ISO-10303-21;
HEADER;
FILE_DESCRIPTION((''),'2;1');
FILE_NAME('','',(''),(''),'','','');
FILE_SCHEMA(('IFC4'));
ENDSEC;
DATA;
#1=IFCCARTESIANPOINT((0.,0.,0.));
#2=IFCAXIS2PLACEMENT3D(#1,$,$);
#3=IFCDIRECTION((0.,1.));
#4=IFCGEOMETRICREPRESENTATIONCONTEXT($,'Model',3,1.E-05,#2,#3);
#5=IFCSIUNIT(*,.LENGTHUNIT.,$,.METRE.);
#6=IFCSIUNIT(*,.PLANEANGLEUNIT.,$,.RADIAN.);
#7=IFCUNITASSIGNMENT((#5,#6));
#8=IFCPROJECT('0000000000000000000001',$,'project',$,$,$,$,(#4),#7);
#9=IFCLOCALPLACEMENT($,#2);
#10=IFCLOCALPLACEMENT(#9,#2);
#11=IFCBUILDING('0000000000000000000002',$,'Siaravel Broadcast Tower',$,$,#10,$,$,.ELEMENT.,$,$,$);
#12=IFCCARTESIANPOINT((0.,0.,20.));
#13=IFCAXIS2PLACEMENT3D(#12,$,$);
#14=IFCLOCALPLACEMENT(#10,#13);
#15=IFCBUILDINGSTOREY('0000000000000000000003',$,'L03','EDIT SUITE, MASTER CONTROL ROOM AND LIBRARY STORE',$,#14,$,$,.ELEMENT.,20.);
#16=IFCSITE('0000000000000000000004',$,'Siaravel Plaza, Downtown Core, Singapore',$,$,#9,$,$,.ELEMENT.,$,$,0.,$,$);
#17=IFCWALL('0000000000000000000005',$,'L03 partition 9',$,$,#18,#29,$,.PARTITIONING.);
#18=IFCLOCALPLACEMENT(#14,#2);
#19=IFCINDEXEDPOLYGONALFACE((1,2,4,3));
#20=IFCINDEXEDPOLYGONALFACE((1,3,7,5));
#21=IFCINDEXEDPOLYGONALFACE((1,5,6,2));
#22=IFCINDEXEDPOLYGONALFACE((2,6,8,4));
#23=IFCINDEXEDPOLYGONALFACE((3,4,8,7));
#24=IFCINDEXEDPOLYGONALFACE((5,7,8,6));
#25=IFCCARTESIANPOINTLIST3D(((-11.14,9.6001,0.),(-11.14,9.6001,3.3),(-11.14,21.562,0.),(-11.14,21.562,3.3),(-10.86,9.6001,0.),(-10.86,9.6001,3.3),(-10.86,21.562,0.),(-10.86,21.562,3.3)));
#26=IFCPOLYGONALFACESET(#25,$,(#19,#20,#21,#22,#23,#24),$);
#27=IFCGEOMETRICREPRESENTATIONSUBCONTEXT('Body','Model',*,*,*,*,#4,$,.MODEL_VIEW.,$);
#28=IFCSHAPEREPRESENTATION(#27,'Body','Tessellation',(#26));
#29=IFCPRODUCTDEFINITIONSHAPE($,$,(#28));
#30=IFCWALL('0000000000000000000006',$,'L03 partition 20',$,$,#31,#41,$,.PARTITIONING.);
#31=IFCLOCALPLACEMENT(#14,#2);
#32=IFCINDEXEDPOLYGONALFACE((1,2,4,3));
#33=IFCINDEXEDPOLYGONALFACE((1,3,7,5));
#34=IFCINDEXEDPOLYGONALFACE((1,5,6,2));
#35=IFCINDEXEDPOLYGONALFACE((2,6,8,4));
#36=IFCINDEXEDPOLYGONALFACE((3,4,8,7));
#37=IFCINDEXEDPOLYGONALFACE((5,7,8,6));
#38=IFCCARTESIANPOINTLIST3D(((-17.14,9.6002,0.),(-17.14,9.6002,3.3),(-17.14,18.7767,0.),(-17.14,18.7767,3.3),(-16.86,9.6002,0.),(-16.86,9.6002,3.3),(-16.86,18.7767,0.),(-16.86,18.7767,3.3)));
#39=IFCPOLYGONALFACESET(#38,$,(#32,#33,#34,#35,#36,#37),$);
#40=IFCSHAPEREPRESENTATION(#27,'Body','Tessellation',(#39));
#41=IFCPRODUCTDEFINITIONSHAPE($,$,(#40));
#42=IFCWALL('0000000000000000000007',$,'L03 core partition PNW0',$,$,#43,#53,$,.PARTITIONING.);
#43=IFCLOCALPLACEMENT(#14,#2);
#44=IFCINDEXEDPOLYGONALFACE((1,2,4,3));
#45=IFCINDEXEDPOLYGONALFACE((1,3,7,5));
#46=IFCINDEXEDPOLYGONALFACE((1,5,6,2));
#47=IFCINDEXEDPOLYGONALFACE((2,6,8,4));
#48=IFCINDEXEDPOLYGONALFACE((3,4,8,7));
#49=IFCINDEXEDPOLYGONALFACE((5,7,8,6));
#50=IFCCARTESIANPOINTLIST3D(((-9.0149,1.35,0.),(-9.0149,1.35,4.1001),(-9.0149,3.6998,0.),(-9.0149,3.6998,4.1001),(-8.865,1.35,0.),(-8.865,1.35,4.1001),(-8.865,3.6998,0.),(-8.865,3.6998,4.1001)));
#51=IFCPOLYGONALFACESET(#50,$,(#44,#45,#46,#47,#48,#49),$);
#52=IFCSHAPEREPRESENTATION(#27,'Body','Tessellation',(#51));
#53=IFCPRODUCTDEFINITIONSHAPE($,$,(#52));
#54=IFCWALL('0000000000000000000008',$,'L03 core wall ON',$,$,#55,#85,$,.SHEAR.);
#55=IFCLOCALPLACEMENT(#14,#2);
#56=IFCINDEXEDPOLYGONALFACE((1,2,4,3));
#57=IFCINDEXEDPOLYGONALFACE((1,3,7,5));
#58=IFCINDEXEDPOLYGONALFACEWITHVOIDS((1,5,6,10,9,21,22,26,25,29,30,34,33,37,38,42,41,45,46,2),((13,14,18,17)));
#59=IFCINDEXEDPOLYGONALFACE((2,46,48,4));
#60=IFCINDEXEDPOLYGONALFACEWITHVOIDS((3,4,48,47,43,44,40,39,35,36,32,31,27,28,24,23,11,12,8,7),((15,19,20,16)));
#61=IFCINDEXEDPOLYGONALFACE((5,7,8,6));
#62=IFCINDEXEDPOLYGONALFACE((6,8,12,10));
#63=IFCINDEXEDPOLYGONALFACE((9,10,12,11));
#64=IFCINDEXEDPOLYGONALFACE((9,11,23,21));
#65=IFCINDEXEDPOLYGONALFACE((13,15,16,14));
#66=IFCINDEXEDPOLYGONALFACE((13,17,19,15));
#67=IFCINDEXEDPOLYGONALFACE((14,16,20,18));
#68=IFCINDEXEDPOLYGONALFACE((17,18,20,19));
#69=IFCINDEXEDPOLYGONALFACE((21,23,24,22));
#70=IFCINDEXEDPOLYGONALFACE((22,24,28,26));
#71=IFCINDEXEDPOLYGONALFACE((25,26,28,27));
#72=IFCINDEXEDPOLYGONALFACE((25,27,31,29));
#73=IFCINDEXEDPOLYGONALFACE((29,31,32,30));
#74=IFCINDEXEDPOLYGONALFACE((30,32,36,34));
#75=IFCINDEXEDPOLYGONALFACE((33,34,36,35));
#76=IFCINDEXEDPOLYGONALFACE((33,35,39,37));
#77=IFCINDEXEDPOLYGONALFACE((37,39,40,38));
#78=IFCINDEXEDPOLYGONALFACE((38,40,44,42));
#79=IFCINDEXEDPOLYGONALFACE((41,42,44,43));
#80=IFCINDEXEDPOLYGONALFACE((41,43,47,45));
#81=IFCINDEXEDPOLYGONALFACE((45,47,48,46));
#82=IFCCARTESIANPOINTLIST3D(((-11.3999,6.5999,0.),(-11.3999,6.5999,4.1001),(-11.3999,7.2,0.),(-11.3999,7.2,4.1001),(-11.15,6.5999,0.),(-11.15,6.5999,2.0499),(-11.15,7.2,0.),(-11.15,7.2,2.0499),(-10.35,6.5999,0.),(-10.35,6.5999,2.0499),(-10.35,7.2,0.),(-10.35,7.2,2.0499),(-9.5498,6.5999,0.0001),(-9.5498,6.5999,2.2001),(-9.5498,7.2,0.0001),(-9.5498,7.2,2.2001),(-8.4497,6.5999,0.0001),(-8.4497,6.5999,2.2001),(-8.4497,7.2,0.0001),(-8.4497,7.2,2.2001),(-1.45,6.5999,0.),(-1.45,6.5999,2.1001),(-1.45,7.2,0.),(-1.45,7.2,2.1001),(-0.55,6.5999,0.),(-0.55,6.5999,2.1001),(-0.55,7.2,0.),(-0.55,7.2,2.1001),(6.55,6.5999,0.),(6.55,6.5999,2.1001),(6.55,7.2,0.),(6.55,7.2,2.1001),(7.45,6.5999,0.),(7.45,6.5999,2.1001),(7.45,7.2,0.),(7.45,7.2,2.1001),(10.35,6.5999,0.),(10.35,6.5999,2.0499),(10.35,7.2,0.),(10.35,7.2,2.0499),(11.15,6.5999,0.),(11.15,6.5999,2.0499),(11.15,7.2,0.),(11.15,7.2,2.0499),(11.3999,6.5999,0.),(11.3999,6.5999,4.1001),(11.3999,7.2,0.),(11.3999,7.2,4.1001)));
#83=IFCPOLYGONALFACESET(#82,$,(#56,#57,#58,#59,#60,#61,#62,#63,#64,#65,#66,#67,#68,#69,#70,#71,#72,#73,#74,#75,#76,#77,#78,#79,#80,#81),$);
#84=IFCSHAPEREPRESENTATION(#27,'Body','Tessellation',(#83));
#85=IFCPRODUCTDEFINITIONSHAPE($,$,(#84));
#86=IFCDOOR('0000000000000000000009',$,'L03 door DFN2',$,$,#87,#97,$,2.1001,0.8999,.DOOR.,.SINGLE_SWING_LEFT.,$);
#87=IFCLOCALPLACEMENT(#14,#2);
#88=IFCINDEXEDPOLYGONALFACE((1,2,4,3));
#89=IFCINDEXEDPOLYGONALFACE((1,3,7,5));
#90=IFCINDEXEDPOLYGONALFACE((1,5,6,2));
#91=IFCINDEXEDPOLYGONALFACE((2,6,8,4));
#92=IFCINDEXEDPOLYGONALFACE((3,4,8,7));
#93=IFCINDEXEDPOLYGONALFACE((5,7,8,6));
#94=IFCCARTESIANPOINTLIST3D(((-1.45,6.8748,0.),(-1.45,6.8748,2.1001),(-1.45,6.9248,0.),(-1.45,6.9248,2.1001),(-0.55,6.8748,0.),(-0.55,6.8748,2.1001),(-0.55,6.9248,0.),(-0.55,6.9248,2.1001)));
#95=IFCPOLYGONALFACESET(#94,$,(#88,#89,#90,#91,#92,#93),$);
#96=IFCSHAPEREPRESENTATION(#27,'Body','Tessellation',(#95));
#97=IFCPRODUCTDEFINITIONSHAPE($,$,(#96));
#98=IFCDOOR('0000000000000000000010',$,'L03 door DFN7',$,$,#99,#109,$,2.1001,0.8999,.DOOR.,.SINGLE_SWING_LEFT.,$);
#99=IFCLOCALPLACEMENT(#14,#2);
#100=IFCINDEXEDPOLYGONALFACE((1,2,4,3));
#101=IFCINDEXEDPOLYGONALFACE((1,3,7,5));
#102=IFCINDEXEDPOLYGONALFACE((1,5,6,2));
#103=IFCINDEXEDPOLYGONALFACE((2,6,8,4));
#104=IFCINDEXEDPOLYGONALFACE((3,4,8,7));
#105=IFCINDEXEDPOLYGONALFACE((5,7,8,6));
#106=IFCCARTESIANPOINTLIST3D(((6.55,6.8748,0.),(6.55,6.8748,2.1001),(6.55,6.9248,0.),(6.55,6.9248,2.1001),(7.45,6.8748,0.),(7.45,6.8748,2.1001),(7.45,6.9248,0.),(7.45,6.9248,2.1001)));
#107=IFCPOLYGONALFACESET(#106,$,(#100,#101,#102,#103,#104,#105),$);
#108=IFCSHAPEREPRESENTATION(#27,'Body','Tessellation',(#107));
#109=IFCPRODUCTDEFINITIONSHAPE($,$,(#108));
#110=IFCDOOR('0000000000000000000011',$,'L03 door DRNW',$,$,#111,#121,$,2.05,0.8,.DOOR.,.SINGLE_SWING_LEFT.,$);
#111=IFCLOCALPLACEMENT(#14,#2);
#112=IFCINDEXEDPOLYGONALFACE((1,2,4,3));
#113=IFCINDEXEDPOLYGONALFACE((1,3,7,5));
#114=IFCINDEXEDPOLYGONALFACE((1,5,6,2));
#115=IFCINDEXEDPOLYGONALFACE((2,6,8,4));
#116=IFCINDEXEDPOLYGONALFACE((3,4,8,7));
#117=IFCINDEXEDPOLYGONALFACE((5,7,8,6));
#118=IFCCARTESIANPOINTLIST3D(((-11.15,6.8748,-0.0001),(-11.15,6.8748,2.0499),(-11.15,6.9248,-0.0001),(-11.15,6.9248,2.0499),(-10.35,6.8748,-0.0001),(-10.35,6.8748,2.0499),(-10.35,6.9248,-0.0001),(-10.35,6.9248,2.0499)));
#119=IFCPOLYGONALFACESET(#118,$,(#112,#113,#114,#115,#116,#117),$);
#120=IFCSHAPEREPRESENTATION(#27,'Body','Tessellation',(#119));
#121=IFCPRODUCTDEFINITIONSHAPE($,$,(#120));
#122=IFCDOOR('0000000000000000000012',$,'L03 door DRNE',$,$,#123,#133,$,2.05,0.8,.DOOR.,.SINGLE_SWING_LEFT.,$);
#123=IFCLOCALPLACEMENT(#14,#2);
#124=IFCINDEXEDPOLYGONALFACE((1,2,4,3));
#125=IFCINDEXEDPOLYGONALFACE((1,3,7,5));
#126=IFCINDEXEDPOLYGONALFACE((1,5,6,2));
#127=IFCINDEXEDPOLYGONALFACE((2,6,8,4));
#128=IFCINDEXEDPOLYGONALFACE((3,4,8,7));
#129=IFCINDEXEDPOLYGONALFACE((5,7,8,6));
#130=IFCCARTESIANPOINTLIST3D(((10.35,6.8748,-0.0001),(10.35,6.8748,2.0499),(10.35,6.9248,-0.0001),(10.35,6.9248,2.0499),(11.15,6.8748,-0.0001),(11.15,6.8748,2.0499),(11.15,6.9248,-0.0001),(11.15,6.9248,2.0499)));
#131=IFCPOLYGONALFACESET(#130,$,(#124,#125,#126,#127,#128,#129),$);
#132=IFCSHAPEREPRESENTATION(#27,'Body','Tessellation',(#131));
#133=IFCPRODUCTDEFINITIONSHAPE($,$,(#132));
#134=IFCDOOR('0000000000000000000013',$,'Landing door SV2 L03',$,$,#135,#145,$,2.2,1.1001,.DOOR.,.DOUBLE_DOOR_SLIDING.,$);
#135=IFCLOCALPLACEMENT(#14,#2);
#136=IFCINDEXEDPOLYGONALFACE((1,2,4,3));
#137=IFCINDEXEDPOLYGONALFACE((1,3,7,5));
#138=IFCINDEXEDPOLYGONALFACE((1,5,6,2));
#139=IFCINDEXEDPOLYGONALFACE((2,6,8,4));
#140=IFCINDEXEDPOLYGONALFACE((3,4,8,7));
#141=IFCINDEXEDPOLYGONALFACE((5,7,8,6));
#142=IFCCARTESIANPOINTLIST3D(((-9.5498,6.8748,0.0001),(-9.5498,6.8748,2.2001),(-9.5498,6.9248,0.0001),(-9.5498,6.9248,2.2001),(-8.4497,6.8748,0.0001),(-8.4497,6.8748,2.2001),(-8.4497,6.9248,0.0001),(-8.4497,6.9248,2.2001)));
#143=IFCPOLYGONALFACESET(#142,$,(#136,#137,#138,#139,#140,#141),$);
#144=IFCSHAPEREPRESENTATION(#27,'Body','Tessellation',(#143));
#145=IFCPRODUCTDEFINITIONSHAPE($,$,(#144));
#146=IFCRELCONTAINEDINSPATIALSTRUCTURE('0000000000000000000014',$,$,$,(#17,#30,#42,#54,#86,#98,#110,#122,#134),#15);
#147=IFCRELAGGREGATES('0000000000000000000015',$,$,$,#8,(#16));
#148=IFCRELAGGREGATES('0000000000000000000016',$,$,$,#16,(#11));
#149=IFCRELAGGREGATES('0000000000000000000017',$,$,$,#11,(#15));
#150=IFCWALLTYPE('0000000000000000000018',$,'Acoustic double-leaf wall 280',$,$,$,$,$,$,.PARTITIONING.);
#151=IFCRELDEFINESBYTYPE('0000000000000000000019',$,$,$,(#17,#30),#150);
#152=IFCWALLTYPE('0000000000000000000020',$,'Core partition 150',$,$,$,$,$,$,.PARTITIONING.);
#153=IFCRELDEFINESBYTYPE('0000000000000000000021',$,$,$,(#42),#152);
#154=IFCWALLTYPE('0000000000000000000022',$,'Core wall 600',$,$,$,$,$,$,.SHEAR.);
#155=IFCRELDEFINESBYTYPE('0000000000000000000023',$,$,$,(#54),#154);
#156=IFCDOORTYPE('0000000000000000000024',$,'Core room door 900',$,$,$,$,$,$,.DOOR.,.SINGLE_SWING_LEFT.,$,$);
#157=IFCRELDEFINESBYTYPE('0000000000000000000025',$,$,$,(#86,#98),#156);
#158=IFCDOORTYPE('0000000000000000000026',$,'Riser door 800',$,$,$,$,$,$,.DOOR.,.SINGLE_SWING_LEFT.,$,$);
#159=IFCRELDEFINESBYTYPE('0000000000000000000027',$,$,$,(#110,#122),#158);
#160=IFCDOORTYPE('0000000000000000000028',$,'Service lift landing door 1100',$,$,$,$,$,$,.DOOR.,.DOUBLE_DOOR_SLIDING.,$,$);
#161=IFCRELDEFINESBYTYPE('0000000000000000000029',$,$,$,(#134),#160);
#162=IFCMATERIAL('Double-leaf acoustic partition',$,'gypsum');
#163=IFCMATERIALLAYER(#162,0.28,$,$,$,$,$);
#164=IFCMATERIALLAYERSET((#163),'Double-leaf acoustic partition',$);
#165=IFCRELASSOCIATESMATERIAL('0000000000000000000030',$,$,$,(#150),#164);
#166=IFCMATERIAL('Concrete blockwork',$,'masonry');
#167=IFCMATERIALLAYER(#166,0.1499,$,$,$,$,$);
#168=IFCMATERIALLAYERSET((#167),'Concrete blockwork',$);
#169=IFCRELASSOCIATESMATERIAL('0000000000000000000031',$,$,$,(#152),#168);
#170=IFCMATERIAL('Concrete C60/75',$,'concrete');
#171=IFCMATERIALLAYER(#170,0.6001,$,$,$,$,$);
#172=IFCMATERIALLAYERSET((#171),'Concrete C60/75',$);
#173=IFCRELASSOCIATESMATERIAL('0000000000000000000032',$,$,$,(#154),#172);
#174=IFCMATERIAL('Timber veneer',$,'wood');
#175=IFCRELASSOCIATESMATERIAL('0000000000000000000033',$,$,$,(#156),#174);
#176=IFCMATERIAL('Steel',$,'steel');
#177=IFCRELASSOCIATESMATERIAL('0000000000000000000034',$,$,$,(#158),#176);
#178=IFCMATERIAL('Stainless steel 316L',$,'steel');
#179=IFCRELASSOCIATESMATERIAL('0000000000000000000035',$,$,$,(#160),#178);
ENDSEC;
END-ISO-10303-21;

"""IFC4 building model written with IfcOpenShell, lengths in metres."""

from ifc_helpers import new_model, si_unit, direction, frame, frame_2d, origin, place, context, subcontext, project, spatial, rectangle, extrude, material, layer, layer_set, type_object, element, fill, save


model = new_model("IFC4")

# Units and contexts
model_context = context("Model", 3, precision=1e-05, world=origin(), true_north=direction((0.0, 1.0)))
body_context = subcontext(model_context, "Body", "Model", "MODEL_VIEW")
ifc_project = project(units=[si_unit("LENGTHUNIT", "METRE"), si_unit("PLANEANGLEUNIT", "RADIAN")], contexts=[model_context])

# Site, building, storey
site_placement = place(None, origin())
site = spatial("IfcSite", under=ifc_project, at=site_placement, Name="Siaravel Plaza, Downtown Core, Singapore", CompositionType="ELEMENT", RefElevation=0.0)
building_placement = place(site_placement, origin())
building = spatial("IfcBuilding", under=site, at=building_placement, Name="Siaravel Broadcast Tower", CompositionType="ELEMENT")
storey_placement = place(building_placement, frame((0.0, 0.0, 20.0)))
storey = spatial("IfcBuildingStorey", under=building, at=storey_placement, Name="L03", Description="EDIT SUITE, MASTER CONTROL ROOM AND LIBRARY STORE", CompositionType="ELEMENT", Elevation=20.0)

# Walls
ifc_material_1 = material(Name="Double-leaf acoustic partition", Category="gypsum")
ifc_layer_1 = layer(ifc_material_1, 0.28)
ifc_layer_set_1 = layer_set([ifc_layer_1], Name="Double-leaf acoustic partition")
wall_type_1 = type_object("IfcWallType", Name="Acoustic double-leaf wall 280", PredefinedType="PARTITIONING", material=ifc_layer_set_1)
wall_1_placement = place(storey_placement, frame((-11.0, 9.6001, 0.0), z_axis=(0.0, 0.0, 1.0), x_axis=(0.0, 1.0, 0.0)))
element("IfcWall", 1, at=wall_1_placement, inside=storey, type_object=wall_type_1, Name="L03 partition 9", PredefinedType="PARTITIONING", context=body_context, shape_type="SweptSolid", body=[
    extrude(rectangle(XDim=11.9619, YDim=0.28, at=frame_2d((5.981, 0.0))), origin(), (0.0, 0.0, 1.0), 3.3),
])
wall_2_placement = place(storey_placement, frame((-17.0, 9.6001, 0.0), z_axis=(0.0, 0.0, 1.0), x_axis=(0.0, 1.0, 0.0)))
element("IfcWall", 2, at=wall_2_placement, inside=storey, type_object=wall_type_1, Name="L03 partition 20", PredefinedType="PARTITIONING", context=body_context, shape_type="SweptSolid", body=[
    extrude(rectangle(XDim=9.1765, YDim=0.28, at=frame_2d((4.5884, 0.0))), origin(), (0.0, 0.0, 1.0), 3.3),
])
ifc_material_2 = material(Name="Concrete blockwork", Category="masonry")
ifc_layer_2 = layer(ifc_material_2, 0.1499)
ifc_layer_set_2 = layer_set([ifc_layer_2], Name="Concrete blockwork")
wall_type_2 = type_object("IfcWallType", Name="Core partition 150", PredefinedType="PARTITIONING", material=ifc_layer_set_2)
wall_3_placement = place(storey_placement, frame((-8.9399, 1.3501, 0.0), z_axis=(0.0, 0.0, 1.0), x_axis=(0.0, 1.0, 0.0)))
element("IfcWall", 3, at=wall_3_placement, inside=storey, type_object=wall_type_2, Name="L03 core partition PNW0", PredefinedType="PARTITIONING", context=body_context, shape_type="SweptSolid", body=[
    extrude(rectangle(XDim=2.3499, YDim=0.1499, at=frame_2d((1.1748, 0.0))), origin(), (0.0, 0.0, 1.0), 4.1001),
])

# Wall, openings, doors
ifc_material_3 = material(Name="Concrete C60/75", Category="concrete")
ifc_layer_3 = layer(ifc_material_3, 0.6001)
ifc_layer_set_3 = layer_set([ifc_layer_3], Name="Concrete C60/75")
wall_type_3 = type_object("IfcWallType", Name="Core wall 600", PredefinedType="SHEAR", material=ifc_layer_set_3)
wall_4_placement = place(storey_placement, frame((-11.3999, 6.8999, 0.0), z_axis=(0.0, 0.0, 1.0), x_axis=(1.0, 0.0, 0.0)))
wall_4 = element("IfcWall", 4, at=wall_4_placement, inside=storey, type_object=wall_type_3, Name="L03 core wall ON", PredefinedType="SHEAR", context=body_context, shape_type="SweptSolid", body=[
    extrude(rectangle(XDim=22.7998, YDim=0.6001, at=frame_2d((11.3999, 0.0))), origin(), (0.0, 0.0, 1.0), 4.1001),
])
opening_1_placement = place(wall_4_placement, frame((1.8501, 0.0, 0.0)))
opening_1 = element("IfcOpeningElement", 5, at=opening_1_placement, cuts=wall_4, PredefinedType="OPENING", context=body_context, shape_type="SweptSolid", body=[
    extrude(rectangle(XDim=1.1001, YDim=2.2, at=frame_2d((0.55, 1.1001))), frame((0.0, 0.3101, 0.0), z_axis=(0.0, -1.0, 0.0), x_axis=(1.0, 0.0, 0.0)), (0.0, 0.0, 1.0), 0.6201),
])
opening_2_placement = place(wall_4_placement, frame((9.95, 0.0, 0.0)))
opening_2 = element("IfcOpeningElement", 6, at=opening_2_placement, cuts=wall_4, PredefinedType="OPENING", context=body_context, shape_type="SweptSolid", body=[
    extrude(rectangle(XDim=0.8999, YDim=2.1001, at=frame_2d((0.45, 1.05))), frame((0.0, 0.3101, 0.0), z_axis=(0.0, -1.0, 0.0), x_axis=(1.0, 0.0, 0.0)), (0.0, 0.0, 1.0), 0.6201),
])
opening_3_placement = place(wall_4_placement, frame((17.95, 0.0, 0.0)))
opening_3 = element("IfcOpeningElement", 7, at=opening_3_placement, cuts=wall_4, PredefinedType="OPENING", context=body_context, shape_type="SweptSolid", body=[
    extrude(rectangle(XDim=0.8999, YDim=2.1001, at=frame_2d((0.45, 1.05))), frame((0.0, 0.3101, 0.0), z_axis=(0.0, -1.0, 0.0), x_axis=(1.0, 0.0, 0.0)), (0.0, 0.0, 1.0), 0.6201),
])
opening_4_placement = place(wall_4_placement, frame((0.25, 0.0, 0.0)))
opening_4 = element("IfcOpeningElement", 8, at=opening_4_placement, cuts=wall_4, PredefinedType="OPENING", context=body_context, shape_type="SweptSolid", body=[
    extrude(rectangle(XDim=0.8, YDim=2.05, at=frame_2d((0.3999, 1.0249))), frame((0.0, 0.3101, 0.0), z_axis=(0.0, -1.0, 0.0), x_axis=(1.0, 0.0, 0.0)), (0.0, 0.0, 1.0), 0.6201),
])
opening_5_placement = place(wall_4_placement, frame((21.75, 0.0, 0.0)))
opening_5 = element("IfcOpeningElement", 9, at=opening_5_placement, cuts=wall_4, PredefinedType="OPENING", context=body_context, shape_type="SweptSolid", body=[
    extrude(rectangle(XDim=0.8, YDim=2.05, at=frame_2d((0.3999, 1.0249))), frame((0.0, 0.3101, 0.0), z_axis=(0.0, -1.0, 0.0), x_axis=(1.0, 0.0, 0.0)), (0.0, 0.0, 1.0), 0.6201),
])
ifc_material_4 = material(Name="Timber veneer", Category="wood")
door_type_1 = type_object("IfcDoorType", Name="Core room door 900", OperationType="SINGLE_SWING_LEFT", PredefinedType="DOOR", material=ifc_material_4)
door_1_placement = place(opening_2_placement, origin())
door_1 = element("IfcDoor", 10, at=door_1_placement, inside=storey, type_object=door_type_1, Name="L03 door DFN2", OperationType="SINGLE_SWING_LEFT", OverallHeight=2.1001, OverallWidth=0.8999, PredefinedType="DOOR", context=body_context, shape_type="SweptSolid", body=[
    extrude(rectangle(XDim=0.8999, YDim=2.1001, at=frame_2d((0.45, 1.05))), frame((0.0, 0.0249, 0.0), z_axis=(0.0, -1.0, 0.0), x_axis=(1.0, 0.0, 0.0)), (0.0, 0.0, 1.0), 0.05),
])
fill(opening_2, door_1)
door_2_placement = place(opening_3_placement, origin())
door_2 = element("IfcDoor", 11, at=door_2_placement, inside=storey, type_object=door_type_1, Name="L03 door DFN7", OperationType="SINGLE_SWING_LEFT", OverallHeight=2.1001, OverallWidth=0.8999, PredefinedType="DOOR", context=body_context, shape_type="SweptSolid", body=[
    extrude(rectangle(XDim=0.8999, YDim=2.1001, at=frame_2d((0.45, 1.05))), frame((0.0, 0.0249, 0.0), z_axis=(0.0, -1.0, 0.0), x_axis=(1.0, 0.0, 0.0)), (0.0, 0.0, 1.0), 0.05),
])
fill(opening_3, door_2)
ifc_material_5 = material(Name="Steel", Category="steel")
door_type_2 = type_object("IfcDoorType", Name="Riser door 800", OperationType="SINGLE_SWING_LEFT", PredefinedType="DOOR", material=ifc_material_5)
door_3_placement = place(opening_4_placement, origin())
door_3 = element("IfcDoor", 12, at=door_3_placement, inside=storey, type_object=door_type_2, Name="L03 door DRNW", OperationType="SINGLE_SWING_LEFT", OverallHeight=2.05, OverallWidth=0.8, PredefinedType="DOOR", context=body_context, shape_type="SweptSolid", body=[
    extrude(rectangle(XDim=0.8, YDim=2.05, at=frame_2d((0.3999, 1.0249))), frame((0.0, 0.0249, 0.0), z_axis=(0.0, -1.0, 0.0), x_axis=(1.0, 0.0, 0.0)), (0.0, 0.0, 1.0), 0.05),
])
fill(opening_4, door_3)
door_4_placement = place(opening_5_placement, origin())
door_4 = element("IfcDoor", 13, at=door_4_placement, inside=storey, type_object=door_type_2, Name="L03 door DRNE", OperationType="SINGLE_SWING_LEFT", OverallHeight=2.05, OverallWidth=0.8, PredefinedType="DOOR", context=body_context, shape_type="SweptSolid", body=[
    extrude(rectangle(XDim=0.8, YDim=2.05, at=frame_2d((0.3999, 1.0249))), frame((0.0, 0.0249, 0.0), z_axis=(0.0, -1.0, 0.0), x_axis=(1.0, 0.0, 0.0)), (0.0, 0.0, 1.0), 0.05),
])
fill(opening_5, door_4)
ifc_material_6 = material(Name="Stainless steel 316L", Category="steel")
door_type_3 = type_object("IfcDoorType", Name="Service lift landing door 1100", OperationType="DOUBLE_DOOR_SLIDING", PredefinedType="DOOR", material=ifc_material_6)
door_5_placement = place(opening_1_placement, origin())
door_5 = element("IfcDoor", 14, at=door_5_placement, inside=storey, type_object=door_type_3, Name="Landing door SV2 L03", OperationType="DOUBLE_DOOR_SLIDING", OverallHeight=2.2, OverallWidth=1.1001, PredefinedType="DOOR", context=body_context, shape_type="SweptSolid", body=[
    extrude(rectangle(XDim=1.1001, YDim=2.2, at=frame_2d((0.55, 1.1001))), frame((0.0, 0.0249, 0.0), z_axis=(0.0, -1.0, 0.0), x_axis=(1.0, 0.0, 0.0)), (0.0, 0.0, 1.0), 0.05),
])
fill(opening_1, door_5)

save(model, "model.ifc")
